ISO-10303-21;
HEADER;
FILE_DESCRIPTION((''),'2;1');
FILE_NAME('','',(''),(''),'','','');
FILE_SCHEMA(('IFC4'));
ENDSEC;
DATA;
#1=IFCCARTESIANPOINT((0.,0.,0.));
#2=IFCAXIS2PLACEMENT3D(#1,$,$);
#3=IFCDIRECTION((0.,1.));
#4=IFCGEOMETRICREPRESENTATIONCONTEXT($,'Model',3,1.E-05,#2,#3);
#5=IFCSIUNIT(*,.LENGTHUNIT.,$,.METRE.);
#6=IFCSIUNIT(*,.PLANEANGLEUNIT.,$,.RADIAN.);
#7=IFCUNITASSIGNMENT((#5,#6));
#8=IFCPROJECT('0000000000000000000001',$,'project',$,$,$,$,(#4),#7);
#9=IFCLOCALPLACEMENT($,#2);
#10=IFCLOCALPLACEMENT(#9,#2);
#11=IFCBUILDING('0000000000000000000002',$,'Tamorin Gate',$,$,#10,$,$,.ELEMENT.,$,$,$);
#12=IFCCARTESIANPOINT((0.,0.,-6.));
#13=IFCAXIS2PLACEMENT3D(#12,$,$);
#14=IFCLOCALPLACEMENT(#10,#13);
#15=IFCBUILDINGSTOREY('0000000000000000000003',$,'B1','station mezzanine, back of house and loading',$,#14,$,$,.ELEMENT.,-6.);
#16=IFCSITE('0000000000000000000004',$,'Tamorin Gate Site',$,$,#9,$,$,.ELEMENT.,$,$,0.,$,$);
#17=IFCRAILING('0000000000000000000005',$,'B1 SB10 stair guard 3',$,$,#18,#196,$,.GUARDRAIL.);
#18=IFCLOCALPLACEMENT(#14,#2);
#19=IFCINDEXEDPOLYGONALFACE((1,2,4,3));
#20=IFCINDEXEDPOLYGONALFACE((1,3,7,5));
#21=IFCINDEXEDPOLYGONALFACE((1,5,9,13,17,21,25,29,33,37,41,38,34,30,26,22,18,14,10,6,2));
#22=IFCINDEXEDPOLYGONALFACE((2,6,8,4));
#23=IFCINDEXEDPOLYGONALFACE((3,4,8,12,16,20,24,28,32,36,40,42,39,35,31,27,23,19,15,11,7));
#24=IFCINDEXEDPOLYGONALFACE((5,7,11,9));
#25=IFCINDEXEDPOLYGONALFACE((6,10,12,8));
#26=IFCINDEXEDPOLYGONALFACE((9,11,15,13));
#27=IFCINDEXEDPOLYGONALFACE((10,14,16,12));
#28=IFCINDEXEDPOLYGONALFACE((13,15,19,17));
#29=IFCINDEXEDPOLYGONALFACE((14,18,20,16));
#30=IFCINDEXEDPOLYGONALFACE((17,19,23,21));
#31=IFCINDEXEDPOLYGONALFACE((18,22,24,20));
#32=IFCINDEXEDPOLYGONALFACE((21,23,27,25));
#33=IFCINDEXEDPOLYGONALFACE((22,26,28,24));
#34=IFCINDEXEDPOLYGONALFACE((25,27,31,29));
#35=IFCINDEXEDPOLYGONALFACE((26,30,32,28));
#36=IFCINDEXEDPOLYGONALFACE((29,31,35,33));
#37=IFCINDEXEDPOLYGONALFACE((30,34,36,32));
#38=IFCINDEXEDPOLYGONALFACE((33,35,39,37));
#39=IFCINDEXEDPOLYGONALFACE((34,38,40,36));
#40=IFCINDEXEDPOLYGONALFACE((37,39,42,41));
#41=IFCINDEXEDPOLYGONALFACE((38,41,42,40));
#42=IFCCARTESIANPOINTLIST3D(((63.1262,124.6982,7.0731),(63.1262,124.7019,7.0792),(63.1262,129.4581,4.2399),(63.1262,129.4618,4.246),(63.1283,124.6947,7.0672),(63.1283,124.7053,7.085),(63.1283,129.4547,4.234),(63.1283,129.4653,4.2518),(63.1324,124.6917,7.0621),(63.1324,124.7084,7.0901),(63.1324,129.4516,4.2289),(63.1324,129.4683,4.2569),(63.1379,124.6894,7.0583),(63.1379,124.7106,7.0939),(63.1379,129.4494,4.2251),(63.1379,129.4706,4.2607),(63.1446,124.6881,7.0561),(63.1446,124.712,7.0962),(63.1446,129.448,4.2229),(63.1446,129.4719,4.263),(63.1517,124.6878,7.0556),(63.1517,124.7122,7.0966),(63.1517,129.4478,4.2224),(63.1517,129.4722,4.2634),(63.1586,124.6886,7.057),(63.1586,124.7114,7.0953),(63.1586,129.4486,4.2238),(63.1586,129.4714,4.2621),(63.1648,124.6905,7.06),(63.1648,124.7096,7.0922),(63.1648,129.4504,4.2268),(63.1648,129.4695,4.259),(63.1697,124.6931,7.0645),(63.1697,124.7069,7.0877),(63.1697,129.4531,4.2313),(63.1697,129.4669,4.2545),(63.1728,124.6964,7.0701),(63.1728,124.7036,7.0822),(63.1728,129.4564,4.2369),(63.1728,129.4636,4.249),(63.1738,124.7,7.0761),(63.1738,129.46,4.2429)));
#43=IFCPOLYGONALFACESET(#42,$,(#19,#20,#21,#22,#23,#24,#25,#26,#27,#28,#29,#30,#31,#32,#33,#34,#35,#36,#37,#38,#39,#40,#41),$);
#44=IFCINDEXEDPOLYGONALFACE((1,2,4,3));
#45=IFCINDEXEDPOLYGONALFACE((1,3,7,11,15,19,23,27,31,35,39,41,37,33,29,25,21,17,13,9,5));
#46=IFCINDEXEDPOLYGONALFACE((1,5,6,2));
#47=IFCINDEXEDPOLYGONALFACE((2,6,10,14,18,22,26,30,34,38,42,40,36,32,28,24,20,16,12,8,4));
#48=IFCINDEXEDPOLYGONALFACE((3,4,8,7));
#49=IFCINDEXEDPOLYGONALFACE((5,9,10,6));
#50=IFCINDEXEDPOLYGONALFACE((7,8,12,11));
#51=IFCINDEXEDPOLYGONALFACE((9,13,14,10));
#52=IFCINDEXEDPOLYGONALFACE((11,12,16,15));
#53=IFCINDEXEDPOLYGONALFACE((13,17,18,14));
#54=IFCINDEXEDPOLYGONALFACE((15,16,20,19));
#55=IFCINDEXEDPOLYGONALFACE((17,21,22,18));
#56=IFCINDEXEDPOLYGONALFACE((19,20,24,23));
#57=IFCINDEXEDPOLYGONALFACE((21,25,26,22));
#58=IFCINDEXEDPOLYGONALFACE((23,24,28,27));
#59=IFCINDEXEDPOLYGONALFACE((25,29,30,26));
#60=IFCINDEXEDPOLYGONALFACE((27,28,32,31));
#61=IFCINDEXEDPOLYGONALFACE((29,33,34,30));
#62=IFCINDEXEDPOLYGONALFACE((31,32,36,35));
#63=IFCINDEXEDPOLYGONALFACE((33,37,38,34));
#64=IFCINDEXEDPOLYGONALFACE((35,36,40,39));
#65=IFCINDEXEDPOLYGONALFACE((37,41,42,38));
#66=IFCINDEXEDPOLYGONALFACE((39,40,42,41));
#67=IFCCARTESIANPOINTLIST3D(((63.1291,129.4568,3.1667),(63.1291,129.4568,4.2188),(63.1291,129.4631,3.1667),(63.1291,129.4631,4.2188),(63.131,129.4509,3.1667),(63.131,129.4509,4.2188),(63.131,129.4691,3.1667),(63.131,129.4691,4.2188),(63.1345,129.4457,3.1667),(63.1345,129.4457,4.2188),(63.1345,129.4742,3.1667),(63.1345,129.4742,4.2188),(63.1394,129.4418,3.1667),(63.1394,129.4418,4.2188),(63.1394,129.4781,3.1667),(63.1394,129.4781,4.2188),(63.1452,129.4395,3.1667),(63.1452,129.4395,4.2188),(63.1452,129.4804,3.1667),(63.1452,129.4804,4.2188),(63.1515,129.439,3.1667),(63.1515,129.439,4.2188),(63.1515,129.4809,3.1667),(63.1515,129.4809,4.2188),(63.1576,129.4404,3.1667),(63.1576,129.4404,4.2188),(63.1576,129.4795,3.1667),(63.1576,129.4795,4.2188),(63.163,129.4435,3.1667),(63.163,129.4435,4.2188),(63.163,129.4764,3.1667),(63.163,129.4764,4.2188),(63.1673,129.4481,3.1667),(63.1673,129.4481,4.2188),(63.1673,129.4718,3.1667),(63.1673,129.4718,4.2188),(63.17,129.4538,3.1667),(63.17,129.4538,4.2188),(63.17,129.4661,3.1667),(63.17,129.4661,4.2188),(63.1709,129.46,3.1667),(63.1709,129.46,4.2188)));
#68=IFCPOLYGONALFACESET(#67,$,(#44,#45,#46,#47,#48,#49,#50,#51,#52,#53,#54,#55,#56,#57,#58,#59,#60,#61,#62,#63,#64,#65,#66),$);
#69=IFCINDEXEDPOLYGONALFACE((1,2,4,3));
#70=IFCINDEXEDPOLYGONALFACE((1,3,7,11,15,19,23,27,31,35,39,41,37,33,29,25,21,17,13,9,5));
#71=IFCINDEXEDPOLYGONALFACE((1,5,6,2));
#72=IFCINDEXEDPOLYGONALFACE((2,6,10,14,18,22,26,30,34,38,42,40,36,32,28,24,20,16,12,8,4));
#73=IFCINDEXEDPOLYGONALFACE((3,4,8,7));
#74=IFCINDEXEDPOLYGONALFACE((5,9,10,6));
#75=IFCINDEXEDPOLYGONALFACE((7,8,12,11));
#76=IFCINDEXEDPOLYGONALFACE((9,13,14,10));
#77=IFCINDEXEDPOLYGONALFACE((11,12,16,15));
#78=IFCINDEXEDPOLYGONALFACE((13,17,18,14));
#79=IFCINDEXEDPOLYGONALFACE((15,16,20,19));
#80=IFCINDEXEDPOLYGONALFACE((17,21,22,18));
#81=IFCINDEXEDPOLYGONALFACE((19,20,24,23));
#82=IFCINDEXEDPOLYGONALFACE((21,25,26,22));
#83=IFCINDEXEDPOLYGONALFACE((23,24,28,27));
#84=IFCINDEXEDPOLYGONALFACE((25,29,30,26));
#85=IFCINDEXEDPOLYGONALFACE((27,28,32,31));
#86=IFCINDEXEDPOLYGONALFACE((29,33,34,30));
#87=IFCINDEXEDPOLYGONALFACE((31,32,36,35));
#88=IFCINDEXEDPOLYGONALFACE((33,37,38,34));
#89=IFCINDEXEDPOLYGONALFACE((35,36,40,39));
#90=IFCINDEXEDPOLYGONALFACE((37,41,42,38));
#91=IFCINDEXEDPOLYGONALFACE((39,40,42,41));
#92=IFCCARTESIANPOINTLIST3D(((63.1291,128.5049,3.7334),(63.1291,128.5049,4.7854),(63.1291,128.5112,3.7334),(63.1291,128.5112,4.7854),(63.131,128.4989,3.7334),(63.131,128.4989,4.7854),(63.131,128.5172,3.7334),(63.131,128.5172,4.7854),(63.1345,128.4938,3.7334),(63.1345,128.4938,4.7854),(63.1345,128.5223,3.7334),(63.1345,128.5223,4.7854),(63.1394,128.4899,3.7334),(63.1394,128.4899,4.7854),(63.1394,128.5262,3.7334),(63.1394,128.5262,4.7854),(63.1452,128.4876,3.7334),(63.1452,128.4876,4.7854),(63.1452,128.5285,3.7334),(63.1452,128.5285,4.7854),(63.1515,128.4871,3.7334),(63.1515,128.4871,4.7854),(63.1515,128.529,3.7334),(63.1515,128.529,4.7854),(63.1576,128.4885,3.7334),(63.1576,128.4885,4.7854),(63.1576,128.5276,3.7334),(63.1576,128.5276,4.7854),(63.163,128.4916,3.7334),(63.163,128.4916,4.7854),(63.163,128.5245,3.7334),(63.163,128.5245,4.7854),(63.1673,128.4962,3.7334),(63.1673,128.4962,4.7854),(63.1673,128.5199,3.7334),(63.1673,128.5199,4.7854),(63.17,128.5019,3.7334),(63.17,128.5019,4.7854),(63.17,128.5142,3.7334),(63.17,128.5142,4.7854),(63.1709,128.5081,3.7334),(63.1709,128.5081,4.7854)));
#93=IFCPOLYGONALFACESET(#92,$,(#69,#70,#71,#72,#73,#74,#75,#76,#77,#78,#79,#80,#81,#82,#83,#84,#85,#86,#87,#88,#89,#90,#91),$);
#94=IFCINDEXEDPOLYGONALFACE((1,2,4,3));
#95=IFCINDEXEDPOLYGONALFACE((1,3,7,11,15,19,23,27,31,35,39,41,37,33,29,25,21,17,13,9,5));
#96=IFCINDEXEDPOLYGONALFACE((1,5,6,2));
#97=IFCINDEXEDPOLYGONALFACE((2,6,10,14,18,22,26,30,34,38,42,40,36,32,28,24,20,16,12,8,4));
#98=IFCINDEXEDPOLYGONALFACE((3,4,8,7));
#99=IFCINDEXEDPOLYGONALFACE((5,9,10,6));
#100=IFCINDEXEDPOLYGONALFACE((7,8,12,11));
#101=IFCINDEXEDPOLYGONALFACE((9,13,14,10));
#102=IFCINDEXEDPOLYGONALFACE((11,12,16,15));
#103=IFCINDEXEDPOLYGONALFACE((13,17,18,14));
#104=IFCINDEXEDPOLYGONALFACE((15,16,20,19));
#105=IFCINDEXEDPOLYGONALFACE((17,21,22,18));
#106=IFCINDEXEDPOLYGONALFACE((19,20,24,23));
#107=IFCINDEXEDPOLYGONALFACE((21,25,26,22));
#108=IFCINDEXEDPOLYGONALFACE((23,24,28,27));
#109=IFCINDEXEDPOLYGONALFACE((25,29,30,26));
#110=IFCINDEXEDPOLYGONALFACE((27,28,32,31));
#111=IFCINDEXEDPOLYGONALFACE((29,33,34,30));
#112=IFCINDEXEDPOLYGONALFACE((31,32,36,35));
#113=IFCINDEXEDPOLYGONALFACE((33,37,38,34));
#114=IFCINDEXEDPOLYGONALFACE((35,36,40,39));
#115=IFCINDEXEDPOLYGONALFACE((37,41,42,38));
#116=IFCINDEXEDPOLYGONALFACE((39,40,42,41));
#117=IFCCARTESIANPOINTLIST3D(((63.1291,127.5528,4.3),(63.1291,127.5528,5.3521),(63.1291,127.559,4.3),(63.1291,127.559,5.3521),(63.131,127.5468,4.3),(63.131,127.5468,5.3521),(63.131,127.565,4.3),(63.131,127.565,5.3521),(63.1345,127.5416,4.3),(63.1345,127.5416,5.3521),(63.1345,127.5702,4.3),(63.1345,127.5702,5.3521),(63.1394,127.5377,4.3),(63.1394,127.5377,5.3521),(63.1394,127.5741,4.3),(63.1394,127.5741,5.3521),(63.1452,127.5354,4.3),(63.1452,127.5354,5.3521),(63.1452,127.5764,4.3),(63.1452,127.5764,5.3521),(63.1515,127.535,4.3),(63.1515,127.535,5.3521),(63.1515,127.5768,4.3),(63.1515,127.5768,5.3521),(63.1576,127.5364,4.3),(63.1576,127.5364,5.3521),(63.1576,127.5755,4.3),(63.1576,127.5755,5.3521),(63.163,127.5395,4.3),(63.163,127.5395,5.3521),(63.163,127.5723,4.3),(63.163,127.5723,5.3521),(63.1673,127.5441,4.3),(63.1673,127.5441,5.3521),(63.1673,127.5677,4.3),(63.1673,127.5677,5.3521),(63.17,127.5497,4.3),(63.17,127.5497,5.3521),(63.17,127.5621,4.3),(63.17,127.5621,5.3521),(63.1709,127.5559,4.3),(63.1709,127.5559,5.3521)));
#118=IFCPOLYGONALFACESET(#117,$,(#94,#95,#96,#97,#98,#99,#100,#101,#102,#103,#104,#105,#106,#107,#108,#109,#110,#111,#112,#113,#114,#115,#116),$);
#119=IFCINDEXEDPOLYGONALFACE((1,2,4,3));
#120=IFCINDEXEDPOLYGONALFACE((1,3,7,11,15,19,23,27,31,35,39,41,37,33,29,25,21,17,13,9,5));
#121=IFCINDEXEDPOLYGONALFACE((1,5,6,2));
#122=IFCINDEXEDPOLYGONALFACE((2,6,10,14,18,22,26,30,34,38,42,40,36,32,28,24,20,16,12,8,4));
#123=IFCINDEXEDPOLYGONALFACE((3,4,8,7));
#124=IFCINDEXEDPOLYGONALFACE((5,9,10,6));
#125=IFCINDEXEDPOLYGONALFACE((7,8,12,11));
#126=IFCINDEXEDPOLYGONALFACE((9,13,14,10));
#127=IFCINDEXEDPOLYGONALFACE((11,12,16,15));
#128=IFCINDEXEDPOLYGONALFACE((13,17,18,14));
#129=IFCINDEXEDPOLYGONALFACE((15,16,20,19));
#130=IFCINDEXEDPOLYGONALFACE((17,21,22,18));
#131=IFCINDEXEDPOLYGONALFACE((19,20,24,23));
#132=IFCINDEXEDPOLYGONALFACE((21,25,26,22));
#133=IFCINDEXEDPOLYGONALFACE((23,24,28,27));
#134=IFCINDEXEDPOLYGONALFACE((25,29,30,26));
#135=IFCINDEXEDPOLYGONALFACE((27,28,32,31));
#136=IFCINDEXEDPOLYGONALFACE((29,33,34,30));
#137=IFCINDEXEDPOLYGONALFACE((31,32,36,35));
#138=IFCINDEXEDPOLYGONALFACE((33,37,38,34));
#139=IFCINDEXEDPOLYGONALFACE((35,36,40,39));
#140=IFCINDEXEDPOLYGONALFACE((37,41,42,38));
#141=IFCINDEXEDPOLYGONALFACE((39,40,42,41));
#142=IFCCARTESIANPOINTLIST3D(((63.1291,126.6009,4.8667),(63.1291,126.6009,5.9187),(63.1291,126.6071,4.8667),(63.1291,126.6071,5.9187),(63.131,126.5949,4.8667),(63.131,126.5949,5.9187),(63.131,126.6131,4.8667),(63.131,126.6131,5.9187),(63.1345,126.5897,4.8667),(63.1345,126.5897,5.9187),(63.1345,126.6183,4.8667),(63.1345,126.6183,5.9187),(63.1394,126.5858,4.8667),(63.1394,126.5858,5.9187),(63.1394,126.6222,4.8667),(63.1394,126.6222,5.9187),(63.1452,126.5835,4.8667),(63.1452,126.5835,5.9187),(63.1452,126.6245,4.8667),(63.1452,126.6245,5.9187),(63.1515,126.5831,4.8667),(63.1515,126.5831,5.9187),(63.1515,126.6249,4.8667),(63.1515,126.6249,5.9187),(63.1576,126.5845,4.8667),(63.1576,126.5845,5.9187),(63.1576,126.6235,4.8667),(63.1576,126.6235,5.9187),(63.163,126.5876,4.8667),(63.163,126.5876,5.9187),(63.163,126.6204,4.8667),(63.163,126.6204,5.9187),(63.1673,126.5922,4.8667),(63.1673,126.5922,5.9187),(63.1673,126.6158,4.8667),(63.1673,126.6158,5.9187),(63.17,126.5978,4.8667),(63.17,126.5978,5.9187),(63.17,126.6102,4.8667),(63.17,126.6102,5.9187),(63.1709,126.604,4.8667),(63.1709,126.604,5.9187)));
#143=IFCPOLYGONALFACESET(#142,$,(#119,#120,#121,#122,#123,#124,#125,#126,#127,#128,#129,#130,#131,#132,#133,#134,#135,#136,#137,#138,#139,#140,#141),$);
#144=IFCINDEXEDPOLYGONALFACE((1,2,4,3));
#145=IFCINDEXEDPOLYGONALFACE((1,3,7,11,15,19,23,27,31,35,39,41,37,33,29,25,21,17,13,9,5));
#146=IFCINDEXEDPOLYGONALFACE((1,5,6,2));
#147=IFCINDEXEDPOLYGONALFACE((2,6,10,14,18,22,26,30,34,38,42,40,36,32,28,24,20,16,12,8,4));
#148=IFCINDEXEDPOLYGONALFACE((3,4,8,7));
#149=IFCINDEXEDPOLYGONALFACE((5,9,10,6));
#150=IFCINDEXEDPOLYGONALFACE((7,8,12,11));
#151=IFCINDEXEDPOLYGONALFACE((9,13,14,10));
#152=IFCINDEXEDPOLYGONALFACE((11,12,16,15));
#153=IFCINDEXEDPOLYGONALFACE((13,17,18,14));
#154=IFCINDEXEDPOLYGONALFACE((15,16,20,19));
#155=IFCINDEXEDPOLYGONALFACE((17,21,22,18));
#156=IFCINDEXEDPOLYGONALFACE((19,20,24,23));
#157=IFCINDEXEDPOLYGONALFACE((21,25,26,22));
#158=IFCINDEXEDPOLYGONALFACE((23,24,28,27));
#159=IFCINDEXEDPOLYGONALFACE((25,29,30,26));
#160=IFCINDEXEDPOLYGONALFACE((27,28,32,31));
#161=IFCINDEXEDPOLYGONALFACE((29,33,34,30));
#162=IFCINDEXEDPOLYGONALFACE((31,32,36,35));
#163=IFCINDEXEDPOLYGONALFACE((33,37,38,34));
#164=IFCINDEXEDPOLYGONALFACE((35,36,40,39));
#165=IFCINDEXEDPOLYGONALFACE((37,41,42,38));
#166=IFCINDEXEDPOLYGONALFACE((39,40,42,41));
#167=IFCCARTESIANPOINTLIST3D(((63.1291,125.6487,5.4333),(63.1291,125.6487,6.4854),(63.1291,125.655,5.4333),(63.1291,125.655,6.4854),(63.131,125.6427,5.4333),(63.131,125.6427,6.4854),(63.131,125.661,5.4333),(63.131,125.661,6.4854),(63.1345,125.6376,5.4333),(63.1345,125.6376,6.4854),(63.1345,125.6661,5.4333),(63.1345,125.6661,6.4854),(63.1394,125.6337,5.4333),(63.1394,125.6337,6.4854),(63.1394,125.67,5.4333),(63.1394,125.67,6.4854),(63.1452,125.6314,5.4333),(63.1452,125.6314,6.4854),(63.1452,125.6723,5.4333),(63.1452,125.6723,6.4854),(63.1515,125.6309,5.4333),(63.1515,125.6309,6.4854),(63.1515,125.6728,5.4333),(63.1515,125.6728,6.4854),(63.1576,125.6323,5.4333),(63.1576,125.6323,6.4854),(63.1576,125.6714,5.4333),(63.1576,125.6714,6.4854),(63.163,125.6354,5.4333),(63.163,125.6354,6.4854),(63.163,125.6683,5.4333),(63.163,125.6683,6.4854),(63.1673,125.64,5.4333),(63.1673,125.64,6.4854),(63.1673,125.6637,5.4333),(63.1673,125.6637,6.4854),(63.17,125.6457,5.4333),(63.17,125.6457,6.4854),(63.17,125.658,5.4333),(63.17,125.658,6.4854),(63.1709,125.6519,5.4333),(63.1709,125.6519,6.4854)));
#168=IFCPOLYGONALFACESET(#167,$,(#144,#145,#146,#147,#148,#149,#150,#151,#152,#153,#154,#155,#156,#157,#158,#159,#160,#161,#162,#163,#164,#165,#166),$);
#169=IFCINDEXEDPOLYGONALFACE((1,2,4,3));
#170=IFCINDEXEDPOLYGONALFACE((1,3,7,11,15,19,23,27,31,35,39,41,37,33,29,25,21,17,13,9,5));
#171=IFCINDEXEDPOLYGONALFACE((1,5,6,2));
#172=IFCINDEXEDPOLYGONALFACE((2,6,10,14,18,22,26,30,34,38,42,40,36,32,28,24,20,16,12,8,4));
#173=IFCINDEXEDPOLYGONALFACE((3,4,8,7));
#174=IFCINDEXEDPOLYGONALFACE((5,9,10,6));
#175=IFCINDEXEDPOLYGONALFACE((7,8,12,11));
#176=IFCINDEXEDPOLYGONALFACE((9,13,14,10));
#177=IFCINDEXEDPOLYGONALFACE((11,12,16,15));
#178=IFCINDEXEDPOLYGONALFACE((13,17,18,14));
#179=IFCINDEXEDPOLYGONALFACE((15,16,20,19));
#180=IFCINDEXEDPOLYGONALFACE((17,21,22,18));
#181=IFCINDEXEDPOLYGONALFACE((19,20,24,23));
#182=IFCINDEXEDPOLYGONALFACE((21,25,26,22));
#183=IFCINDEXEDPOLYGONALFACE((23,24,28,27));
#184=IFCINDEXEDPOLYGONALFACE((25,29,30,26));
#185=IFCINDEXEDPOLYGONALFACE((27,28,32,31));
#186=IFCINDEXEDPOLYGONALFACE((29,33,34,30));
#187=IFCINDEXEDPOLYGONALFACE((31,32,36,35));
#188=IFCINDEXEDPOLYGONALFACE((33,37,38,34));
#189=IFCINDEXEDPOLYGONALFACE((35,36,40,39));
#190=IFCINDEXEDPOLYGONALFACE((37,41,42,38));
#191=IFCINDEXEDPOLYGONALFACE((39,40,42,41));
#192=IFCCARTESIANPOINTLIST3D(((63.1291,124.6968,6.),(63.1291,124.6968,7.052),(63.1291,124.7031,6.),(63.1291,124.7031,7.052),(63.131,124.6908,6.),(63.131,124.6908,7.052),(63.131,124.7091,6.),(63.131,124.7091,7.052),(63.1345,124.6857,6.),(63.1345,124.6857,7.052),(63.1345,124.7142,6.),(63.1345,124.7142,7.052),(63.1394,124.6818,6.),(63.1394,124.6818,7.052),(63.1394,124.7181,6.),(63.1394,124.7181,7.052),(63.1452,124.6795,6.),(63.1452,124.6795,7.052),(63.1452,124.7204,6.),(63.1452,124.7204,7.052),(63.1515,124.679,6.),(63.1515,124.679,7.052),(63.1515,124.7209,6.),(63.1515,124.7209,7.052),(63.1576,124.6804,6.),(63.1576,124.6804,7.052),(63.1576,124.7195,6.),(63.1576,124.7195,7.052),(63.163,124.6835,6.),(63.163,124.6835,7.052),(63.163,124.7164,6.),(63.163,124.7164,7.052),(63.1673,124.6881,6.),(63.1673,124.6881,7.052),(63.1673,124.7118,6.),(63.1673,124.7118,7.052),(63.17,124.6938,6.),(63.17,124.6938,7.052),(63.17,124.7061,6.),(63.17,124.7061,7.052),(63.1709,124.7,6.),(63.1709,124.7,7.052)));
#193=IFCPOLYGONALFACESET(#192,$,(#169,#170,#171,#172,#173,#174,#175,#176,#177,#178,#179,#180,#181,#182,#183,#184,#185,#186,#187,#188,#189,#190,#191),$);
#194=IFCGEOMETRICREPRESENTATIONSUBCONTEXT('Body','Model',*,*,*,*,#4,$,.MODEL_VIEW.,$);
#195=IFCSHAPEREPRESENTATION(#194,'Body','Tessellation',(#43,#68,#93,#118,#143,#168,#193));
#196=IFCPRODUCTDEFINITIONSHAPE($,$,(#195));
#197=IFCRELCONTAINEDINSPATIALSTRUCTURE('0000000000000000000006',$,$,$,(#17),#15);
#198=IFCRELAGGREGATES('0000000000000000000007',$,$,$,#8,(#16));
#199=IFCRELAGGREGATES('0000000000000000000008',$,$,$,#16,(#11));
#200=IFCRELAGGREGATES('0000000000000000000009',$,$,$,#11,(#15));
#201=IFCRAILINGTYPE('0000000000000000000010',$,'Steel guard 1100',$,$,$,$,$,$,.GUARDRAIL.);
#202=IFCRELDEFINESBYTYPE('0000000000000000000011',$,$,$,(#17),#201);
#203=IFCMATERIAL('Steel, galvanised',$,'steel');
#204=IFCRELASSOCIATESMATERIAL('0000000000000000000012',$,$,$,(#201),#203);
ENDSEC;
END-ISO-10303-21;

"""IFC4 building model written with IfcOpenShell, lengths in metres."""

from ifc_helpers import new_model, si_unit, direction, frame, origin, origin_2d, place, context, subcontext, project, spatial, circle, extrude, material, type_object, element, save


model = new_model("IFC4")

# Units and contexts
model_context = context("Model", 3, precision=1e-05, world=origin(), true_north=direction((0.0, 1.0)))
body_context = subcontext(model_context, "Body", "Model", "MODEL_VIEW")
ifc_project = project(units=[si_unit("LENGTHUNIT", "METRE"), si_unit("PLANEANGLEUNIT", "RADIAN")], contexts=[model_context])

# Site, building, storey
site_placement = place(None, origin())
site = spatial("IfcSite", under=ifc_project, at=site_placement, Name="Tamorin Gate Site", CompositionType="ELEMENT", RefElevation=0.0)
building_placement = place(site_placement, origin())
building = spatial("IfcBuilding", under=site, at=building_placement, Name="Tamorin Gate", CompositionType="ELEMENT")
storey_placement = place(building_placement, frame((0.0, 0.0, -6.0)))
storey = spatial("IfcBuildingStorey", under=building, at=storey_placement, Name="B1", Description="station mezzanine, back of house and loading", CompositionType="ELEMENT", Elevation=-6.0)

# Railing
ifc_material_1 = material(Name="Steel, galvanised", Category="steel")
railing_type_1 = type_object("IfcRailingType", Name="Steel guard 1100", PredefinedType="GUARDRAIL", material=ifc_material_1)
railing_1_placement = place(storey_placement, frame((63.1499, 129.46, 3.1667)))
element("IfcRailing", 1, at=railing_1_placement, inside=storey, type_object=railing_type_1, Name="B1 SB10 stair guard 3", PredefinedType="GUARDRAIL", context=body_context, shape_type="SweptSolid", body=[
    extrude(circle(Radius=0.0239, at=origin_2d()), frame((0.0, 0.0, 1.0762), z_axis=(0.0, -0.8593, 0.511472), x_axis=(1.0, 0.0, 0.0)), (0.0, 0.0, 1.0), 5.5393),
    extrude(circle(Radius=0.021, at=origin_2d()), origin(), (0.0, 0.0, 1.0), 1.052),
    extrude(circle(Radius=0.021, at=origin_2d()), frame((0.0, -0.9519, 0.5667)), (0.0, 0.0, 1.0), 1.052),
    extrude(circle(Radius=0.021, at=origin_2d()), frame((0.0, -1.9041, 1.1333)), (0.0, 0.0, 1.0), 1.052),
    extrude(circle(Radius=0.021, at=origin_2d()), frame((0.0, -2.856, 1.7)), (0.0, 0.0, 1.0), 1.052),
    extrude(circle(Radius=0.021, at=origin_2d()), frame((0.0, -3.8081, 2.2666)), (0.0, 0.0, 1.0), 1.052),
    extrude(circle(Radius=0.021, at=origin_2d()), frame((0.0, -4.76, 2.8333)), (0.0, 0.0, 1.0), 1.052),
])

save(model, "model.ifc")
